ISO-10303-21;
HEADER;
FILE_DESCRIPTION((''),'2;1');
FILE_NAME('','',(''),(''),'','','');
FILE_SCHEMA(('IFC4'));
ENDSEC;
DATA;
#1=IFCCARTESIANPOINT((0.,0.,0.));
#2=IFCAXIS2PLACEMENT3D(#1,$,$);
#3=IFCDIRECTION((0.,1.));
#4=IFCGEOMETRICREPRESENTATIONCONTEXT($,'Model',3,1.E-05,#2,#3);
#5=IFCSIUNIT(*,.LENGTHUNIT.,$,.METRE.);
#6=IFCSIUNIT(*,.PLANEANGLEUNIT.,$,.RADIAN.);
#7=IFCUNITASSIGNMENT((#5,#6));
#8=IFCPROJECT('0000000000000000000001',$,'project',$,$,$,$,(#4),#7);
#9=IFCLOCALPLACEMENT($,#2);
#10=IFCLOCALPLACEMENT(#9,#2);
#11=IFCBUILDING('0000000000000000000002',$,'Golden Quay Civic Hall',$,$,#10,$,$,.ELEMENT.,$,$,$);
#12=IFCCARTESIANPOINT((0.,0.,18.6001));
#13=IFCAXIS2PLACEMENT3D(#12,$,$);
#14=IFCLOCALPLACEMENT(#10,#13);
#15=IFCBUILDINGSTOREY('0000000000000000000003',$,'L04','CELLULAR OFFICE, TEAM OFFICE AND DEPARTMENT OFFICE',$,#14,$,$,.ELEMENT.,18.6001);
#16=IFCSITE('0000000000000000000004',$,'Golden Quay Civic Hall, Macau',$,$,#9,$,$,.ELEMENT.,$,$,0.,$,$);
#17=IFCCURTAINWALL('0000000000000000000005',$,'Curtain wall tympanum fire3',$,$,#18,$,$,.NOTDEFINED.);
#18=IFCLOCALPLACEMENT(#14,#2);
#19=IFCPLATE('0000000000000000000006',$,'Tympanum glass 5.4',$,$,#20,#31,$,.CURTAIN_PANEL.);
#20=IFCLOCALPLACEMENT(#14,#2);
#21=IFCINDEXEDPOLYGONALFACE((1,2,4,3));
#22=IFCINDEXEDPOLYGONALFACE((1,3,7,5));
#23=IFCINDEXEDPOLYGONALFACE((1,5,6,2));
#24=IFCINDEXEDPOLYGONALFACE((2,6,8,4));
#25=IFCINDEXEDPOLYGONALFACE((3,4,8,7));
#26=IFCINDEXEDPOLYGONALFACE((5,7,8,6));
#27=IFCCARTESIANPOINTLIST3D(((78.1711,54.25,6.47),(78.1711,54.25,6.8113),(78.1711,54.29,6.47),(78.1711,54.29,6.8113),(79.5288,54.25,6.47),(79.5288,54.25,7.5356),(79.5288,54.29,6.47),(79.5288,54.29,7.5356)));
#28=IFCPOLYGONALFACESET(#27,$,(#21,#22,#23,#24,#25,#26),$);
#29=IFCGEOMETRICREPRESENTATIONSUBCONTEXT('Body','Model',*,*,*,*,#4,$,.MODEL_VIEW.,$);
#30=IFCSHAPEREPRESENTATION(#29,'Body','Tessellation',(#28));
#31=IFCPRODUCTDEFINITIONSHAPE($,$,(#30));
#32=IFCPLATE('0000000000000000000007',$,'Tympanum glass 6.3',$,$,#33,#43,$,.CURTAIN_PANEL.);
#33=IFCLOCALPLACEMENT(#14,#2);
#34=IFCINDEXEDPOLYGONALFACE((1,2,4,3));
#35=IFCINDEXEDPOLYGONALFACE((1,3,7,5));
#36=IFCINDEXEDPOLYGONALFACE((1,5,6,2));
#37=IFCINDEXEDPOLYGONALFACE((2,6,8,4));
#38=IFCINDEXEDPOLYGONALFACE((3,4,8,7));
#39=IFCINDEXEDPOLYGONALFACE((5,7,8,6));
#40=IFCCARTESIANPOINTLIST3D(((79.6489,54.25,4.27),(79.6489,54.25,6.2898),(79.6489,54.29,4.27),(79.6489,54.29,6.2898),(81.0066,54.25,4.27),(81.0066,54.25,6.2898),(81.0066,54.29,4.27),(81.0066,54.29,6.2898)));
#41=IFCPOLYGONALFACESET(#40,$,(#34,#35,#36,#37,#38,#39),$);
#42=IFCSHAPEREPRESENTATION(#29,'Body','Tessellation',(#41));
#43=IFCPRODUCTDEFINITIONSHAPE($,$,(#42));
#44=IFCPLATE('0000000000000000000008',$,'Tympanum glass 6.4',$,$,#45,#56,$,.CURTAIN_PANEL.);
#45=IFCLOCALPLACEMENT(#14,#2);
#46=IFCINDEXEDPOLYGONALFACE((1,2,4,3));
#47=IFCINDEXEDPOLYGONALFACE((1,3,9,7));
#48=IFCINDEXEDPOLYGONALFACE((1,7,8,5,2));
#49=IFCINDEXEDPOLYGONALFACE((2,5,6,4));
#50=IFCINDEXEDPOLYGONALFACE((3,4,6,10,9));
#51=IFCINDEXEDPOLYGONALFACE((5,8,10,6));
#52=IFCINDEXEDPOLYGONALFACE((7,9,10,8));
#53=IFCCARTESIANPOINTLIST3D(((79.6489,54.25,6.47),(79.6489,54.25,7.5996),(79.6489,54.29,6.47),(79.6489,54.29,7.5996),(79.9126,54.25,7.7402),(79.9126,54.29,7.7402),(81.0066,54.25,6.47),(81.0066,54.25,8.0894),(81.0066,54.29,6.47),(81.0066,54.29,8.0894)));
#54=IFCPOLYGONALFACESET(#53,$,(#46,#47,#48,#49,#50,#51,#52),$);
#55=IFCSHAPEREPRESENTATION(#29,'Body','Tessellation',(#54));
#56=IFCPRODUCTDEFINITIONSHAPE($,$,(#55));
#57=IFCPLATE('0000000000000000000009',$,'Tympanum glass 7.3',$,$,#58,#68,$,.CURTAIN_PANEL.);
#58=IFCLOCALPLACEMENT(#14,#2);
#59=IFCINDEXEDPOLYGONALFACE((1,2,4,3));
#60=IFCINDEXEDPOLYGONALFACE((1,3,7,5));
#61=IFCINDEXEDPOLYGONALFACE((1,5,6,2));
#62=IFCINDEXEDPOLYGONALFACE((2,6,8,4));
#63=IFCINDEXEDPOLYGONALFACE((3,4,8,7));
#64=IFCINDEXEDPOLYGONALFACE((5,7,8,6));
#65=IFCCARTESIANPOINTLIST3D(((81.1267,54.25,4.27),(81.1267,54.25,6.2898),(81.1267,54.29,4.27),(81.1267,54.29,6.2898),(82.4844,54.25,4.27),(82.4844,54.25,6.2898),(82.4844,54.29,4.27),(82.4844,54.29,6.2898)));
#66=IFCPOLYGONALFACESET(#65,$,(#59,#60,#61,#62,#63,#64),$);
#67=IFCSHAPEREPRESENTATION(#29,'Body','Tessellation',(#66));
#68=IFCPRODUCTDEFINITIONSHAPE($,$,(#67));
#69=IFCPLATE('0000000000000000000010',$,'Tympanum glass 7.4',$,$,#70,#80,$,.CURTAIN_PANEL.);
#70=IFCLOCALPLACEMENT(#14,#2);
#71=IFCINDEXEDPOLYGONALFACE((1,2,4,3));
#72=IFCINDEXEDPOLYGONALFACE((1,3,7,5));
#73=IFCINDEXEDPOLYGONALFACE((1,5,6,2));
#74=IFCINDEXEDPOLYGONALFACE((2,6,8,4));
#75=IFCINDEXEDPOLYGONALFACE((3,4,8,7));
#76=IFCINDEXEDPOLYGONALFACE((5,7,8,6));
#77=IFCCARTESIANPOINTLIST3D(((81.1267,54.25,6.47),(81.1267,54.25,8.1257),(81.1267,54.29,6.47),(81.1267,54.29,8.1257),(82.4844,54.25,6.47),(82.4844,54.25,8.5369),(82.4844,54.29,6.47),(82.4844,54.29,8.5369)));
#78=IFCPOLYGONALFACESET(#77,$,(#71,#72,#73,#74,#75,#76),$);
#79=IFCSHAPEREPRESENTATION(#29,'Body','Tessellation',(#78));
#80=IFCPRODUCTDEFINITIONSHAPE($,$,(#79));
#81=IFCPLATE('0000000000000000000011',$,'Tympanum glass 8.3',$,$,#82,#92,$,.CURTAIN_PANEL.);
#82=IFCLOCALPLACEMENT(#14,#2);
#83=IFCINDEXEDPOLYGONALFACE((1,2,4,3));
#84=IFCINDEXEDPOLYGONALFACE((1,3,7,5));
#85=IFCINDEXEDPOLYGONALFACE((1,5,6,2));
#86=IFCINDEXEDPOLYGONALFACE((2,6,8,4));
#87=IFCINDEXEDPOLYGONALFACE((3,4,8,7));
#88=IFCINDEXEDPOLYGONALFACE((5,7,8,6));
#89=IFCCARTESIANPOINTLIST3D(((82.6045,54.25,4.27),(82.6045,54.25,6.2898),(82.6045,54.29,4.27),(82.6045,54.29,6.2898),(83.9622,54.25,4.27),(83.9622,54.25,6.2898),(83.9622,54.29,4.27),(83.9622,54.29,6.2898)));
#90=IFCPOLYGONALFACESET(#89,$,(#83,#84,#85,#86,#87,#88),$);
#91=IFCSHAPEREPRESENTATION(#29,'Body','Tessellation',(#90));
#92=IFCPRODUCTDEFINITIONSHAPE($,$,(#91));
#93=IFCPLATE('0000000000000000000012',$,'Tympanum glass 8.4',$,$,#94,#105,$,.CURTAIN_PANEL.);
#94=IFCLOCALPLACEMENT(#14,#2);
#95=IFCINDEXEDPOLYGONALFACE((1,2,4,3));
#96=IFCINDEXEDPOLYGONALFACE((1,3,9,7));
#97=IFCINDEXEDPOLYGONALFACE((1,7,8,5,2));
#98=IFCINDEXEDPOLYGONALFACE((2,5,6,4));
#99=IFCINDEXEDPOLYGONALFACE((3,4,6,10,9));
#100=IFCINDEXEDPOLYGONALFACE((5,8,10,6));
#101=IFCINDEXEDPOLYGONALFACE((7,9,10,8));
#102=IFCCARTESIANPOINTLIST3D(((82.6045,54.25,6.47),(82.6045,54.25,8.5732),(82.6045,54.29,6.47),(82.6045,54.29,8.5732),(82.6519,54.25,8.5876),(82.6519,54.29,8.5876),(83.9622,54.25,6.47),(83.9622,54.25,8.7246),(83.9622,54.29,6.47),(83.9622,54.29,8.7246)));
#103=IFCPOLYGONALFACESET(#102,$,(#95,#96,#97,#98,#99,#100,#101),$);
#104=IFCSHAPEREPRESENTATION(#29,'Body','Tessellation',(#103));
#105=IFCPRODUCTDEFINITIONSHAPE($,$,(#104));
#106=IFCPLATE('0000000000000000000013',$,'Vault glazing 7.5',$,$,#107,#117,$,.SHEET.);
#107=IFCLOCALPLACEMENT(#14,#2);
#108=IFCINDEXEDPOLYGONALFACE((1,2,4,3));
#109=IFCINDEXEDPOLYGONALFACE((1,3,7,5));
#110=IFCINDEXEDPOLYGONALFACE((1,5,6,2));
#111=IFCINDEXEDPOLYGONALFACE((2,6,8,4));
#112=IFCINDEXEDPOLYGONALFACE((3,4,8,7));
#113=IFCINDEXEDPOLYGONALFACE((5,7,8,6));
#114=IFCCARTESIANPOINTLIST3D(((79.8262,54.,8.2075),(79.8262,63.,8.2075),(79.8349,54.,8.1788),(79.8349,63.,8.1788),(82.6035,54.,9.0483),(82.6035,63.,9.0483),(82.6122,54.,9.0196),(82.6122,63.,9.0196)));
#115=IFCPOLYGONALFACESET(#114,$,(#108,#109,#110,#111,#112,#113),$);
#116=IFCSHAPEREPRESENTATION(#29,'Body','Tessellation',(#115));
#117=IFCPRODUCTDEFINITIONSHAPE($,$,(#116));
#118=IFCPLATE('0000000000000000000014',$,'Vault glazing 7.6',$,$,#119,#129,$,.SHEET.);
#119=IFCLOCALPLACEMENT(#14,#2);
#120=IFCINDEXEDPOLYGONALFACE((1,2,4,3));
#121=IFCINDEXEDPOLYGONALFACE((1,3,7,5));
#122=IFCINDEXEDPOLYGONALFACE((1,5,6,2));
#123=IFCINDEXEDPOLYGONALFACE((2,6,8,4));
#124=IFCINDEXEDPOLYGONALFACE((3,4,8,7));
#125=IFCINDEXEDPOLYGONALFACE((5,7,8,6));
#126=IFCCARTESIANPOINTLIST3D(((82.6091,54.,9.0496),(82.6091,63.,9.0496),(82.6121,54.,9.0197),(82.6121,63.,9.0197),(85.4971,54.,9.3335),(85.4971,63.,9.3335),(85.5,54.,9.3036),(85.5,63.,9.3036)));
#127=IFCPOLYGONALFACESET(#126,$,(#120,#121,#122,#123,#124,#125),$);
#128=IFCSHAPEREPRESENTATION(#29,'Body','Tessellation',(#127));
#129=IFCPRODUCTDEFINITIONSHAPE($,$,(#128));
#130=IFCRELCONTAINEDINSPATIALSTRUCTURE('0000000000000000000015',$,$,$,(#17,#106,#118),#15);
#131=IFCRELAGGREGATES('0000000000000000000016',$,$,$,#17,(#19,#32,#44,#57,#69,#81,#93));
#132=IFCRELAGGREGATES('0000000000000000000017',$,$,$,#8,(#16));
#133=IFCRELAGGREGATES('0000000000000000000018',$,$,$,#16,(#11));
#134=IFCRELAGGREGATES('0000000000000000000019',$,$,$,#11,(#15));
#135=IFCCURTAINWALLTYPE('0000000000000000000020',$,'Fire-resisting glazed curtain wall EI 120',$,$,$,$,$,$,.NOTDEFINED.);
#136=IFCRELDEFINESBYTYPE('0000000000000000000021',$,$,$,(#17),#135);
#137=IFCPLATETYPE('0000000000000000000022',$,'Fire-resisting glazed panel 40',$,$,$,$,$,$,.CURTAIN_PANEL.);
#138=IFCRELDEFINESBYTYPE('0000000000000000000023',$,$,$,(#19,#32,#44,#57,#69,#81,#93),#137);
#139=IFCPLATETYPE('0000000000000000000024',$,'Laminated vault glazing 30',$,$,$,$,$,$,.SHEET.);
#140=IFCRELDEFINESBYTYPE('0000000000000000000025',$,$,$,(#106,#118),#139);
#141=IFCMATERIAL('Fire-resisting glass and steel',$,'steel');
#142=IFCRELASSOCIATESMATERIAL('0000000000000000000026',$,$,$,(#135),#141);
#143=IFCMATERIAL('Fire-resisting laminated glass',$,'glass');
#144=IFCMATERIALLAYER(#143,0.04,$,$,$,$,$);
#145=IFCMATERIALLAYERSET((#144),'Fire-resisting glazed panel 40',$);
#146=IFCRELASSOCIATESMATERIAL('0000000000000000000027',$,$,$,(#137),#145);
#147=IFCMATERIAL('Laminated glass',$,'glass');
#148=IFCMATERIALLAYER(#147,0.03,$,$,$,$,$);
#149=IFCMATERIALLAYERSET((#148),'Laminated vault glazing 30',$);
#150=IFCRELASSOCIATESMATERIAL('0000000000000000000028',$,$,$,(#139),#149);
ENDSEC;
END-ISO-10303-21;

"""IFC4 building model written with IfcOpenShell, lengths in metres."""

from ifc_helpers import new_model, si_unit, direction, frame, origin, place, context, subcontext, project, spatial, polyline, outline, extrude, material, layer, layer_set, type_object, element, aggregate, save


model = new_model("IFC4")

# Units and contexts
model_context = context("Model", 3, precision=1e-05, world=origin(), true_north=direction((0.0, 1.0)))
body_context = subcontext(model_context, "Body", "Model", "MODEL_VIEW")
ifc_project = project(units=[si_unit("LENGTHUNIT", "METRE"), si_unit("PLANEANGLEUNIT", "RADIAN")], contexts=[model_context])

# Site, building, storey
site_placement = place(None, origin())
site = spatial("IfcSite", under=ifc_project, at=site_placement, Name="Golden Quay Civic Hall, Macau", CompositionType="ELEMENT", RefElevation=0.0)
building_placement = place(site_placement, origin())
building = spatial("IfcBuilding", under=site, at=building_placement, Name="Golden Quay Civic Hall", CompositionType="ELEMENT")
storey_placement = place(building_placement, frame((0.0, 0.0, 18.6001)))
storey = spatial("IfcBuildingStorey", under=building, at=storey_placement, Name="L04", Description="CELLULAR OFFICE, TEAM OFFICE AND DEPARTMENT OFFICE", CompositionType="ELEMENT", Elevation=18.6001)

# Curtain wall
ifc_material_1 = material(Name="Fire-resisting glass and steel", Category="steel")
curtain_wall_type = type_object("IfcCurtainWallType", Name="Fire-resisting glazed curtain wall EI 120", PredefinedType="NOTDEFINED", material=ifc_material_1)
curtain_wall_placement = place(storey_placement, origin())
curtain_wall = element("IfcCurtainWall", 1, at=curtain_wall_placement, inside=storey, type_object=curtain_wall_type, Name="Curtain wall tympanum fire3", PredefinedType="NOTDEFINED")

# Plates
ifc_material_2 = material(Name="Fire-resisting laminated glass", Category="glass")
ifc_layer_1 = layer(ifc_material_2, 0.04)
ifc_layer_set_1 = layer_set([ifc_layer_1], Name="Fire-resisting glazed panel 40")
plate_type_1 = type_object("IfcPlateType", Name="Fire-resisting glazed panel 40", PredefinedType="CURTAIN_PANEL", material=ifc_layer_set_1)
plate_1_placement = place(storey_placement, frame((79.5288, 54.29, 6.47), z_axis=(0.0, 1.0, 0.0), x_axis=(-1.0, 0.0, 0.0)))
plate_1 = element("IfcPlate", 2, at=plate_1_placement, type_object=plate_type_1, Name="Tympanum glass 5.4", PredefinedType="CURTAIN_PANEL", context=body_context, shape_type="SweptSolid", body=[
    extrude(outline(polyline([(0.0, 0.0), (1.3577, 0.0), (1.3577, 0.3413), (0.0, 1.0657), (0.0, 0.0)])), origin(), (0.0, 0.0, -1.0), 0.04),
])
plate_2_placement = place(storey_placement, frame((81.0066, 54.29, 4.27), z_axis=(0.0, 1.0, 0.0), x_axis=(-1.0, 0.0, 0.0)))
plate_2 = element("IfcPlate", 3, at=plate_2_placement, type_object=plate_type_1, Name="Tympanum glass 6.3", PredefinedType="CURTAIN_PANEL", context=body_context, shape_type="SweptSolid", body=[
    extrude(outline(polyline([(0.0, 0.0), (1.3577, 0.0), (1.3577, 2.0198), (0.0, 2.0198), (0.0, 0.0)])), origin(), (0.0, 0.0, -1.0), 0.04),
])
plate_3_placement = place(storey_placement, frame((81.0066, 54.29, 6.47), z_axis=(0.0, 1.0, 0.0), x_axis=(-1.0, 0.0, 0.0)))
plate_3 = element("IfcPlate", 4, at=plate_3_placement, type_object=plate_type_1, Name="Tympanum glass 6.4", PredefinedType="CURTAIN_PANEL", context=body_context, shape_type="SweptSolid", body=[
    extrude(outline(polyline([(0.0, 0.0), (1.3577, 0.0), (1.3577, 1.1296), (1.094, 1.2703), (0.0, 1.6194), (0.0, 0.0)])), origin(), (0.0, 0.0, -1.0), 0.04),
])
plate_4_placement = place(storey_placement, frame((82.4844, 54.29, 4.27), z_axis=(0.0, 1.0, 0.0), x_axis=(-1.0, 0.0, 0.0)))
plate_4 = element("IfcPlate", 5, at=plate_4_placement, type_object=plate_type_1, Name="Tympanum glass 7.3", PredefinedType="CURTAIN_PANEL", context=body_context, shape_type="SweptSolid", body=[
    extrude(outline(polyline([(0.0, 0.0), (1.3577, 0.0), (1.3577, 2.0198), (0.0, 2.0198), (0.0, 0.0)])), origin(), (0.0, 0.0, -1.0), 0.04),
])
plate_5_placement = place(storey_placement, frame((82.4844, 54.29, 6.47), z_axis=(0.0, 1.0, 0.0), x_axis=(-1.0, 0.0, 0.0)))
plate_5 = element("IfcPlate", 6, at=plate_5_placement, type_object=plate_type_1, Name="Tympanum glass 7.4", PredefinedType="CURTAIN_PANEL", context=body_context, shape_type="SweptSolid", body=[
    extrude(outline(polyline([(0.0, 0.0), (1.3577, 0.0), (1.3577, 1.6558), (0.0, 2.0669), (0.0, 0.0)])), origin(), (0.0, 0.0, -1.0), 0.04),
])
plate_6_placement = place(storey_placement, frame((83.9622, 54.29, 4.27), z_axis=(0.0, 1.0, 0.0), x_axis=(-1.0, 0.0, 0.0)))
plate_6 = element("IfcPlate", 7, at=plate_6_placement, type_object=plate_type_1, Name="Tympanum glass 8.3", PredefinedType="CURTAIN_PANEL", context=body_context, shape_type="SweptSolid", body=[
    extrude(outline(polyline([(0.0, 0.0), (1.3577, 0.0), (1.3577, 2.0198), (0.0, 2.0198), (0.0, 0.0)])), origin(), (0.0, 0.0, -1.0), 0.04),
])
plate_7_placement = place(storey_placement, frame((83.9622, 54.29, 6.47), z_axis=(0.0, 1.0, 0.0), x_axis=(-1.0, 0.0, 0.0)))
plate_7 = element("IfcPlate", 8, at=plate_7_placement, type_object=plate_type_1, Name="Tympanum glass 8.4", PredefinedType="CURTAIN_PANEL", context=body_context, shape_type="SweptSolid", body=[
    extrude(outline(polyline([(0.0, 0.0), (1.3577, 0.0), (1.3577, 2.1033), (1.3103, 2.1177), (0.0, 2.2546), (0.0, 0.0)])), origin(), (0.0, 0.0, -1.0), 0.04),
])
aggregate(curtain_wall, [plate_1, plate_2, plate_3, plate_4, plate_5, plate_6, plate_7])

# Plates
ifc_material_3 = material(Name="Laminated glass", Category="glass")
ifc_layer_2 = layer(ifc_material_3, 0.03)
ifc_layer_set_2 = layer_set([ifc_layer_2], Name="Laminated vault glazing 30")
plate_type_2 = type_object("IfcPlateType", Name="Laminated vault glazing 30", PredefinedType="SHEET", material=ifc_layer_set_2)
plate_8_placement = place(storey_placement, frame((79.8262, 54.0, 8.2075), z_axis=(-0.289755, 0.0, 0.957101), x_axis=(0.957101, 0.0, 0.289755)))
element("IfcPlate", 9, at=plate_8_placement, inside=storey, type_object=plate_type_2, Name="Vault glazing 7.5", PredefinedType="SHEET", context=body_context, shape_type="SweptSolid", body=[
    extrude(outline(polyline([(0.0, 0.0), (2.9018, 0.0), (2.9018, 9.0), (0.0, 9.0), (0.0, 0.0)])), origin(), (0.0, 0.0, -1.0), 0.03),
])
plate_9_placement = place(storey_placement, frame((82.6091, 54.0, 9.0496), z_axis=(-0.097846, 0.0, 0.995202), x_axis=(0.995202, 0.0, 0.097846)))
element("IfcPlate", 10, at=plate_9_placement, inside=storey, type_object=plate_type_2, Name="Vault glazing 7.6", PredefinedType="SHEET", context=body_context, shape_type="SweptSolid", body=[
    extrude(outline(polyline([(0.0, 0.0), (2.9019, 0.0), (2.9019, 9.0), (0.0, 9.0), (0.0, 0.0)])), origin(), (0.0, 0.0, -1.0), 0.03),
])

save(model, "model.ifc")
